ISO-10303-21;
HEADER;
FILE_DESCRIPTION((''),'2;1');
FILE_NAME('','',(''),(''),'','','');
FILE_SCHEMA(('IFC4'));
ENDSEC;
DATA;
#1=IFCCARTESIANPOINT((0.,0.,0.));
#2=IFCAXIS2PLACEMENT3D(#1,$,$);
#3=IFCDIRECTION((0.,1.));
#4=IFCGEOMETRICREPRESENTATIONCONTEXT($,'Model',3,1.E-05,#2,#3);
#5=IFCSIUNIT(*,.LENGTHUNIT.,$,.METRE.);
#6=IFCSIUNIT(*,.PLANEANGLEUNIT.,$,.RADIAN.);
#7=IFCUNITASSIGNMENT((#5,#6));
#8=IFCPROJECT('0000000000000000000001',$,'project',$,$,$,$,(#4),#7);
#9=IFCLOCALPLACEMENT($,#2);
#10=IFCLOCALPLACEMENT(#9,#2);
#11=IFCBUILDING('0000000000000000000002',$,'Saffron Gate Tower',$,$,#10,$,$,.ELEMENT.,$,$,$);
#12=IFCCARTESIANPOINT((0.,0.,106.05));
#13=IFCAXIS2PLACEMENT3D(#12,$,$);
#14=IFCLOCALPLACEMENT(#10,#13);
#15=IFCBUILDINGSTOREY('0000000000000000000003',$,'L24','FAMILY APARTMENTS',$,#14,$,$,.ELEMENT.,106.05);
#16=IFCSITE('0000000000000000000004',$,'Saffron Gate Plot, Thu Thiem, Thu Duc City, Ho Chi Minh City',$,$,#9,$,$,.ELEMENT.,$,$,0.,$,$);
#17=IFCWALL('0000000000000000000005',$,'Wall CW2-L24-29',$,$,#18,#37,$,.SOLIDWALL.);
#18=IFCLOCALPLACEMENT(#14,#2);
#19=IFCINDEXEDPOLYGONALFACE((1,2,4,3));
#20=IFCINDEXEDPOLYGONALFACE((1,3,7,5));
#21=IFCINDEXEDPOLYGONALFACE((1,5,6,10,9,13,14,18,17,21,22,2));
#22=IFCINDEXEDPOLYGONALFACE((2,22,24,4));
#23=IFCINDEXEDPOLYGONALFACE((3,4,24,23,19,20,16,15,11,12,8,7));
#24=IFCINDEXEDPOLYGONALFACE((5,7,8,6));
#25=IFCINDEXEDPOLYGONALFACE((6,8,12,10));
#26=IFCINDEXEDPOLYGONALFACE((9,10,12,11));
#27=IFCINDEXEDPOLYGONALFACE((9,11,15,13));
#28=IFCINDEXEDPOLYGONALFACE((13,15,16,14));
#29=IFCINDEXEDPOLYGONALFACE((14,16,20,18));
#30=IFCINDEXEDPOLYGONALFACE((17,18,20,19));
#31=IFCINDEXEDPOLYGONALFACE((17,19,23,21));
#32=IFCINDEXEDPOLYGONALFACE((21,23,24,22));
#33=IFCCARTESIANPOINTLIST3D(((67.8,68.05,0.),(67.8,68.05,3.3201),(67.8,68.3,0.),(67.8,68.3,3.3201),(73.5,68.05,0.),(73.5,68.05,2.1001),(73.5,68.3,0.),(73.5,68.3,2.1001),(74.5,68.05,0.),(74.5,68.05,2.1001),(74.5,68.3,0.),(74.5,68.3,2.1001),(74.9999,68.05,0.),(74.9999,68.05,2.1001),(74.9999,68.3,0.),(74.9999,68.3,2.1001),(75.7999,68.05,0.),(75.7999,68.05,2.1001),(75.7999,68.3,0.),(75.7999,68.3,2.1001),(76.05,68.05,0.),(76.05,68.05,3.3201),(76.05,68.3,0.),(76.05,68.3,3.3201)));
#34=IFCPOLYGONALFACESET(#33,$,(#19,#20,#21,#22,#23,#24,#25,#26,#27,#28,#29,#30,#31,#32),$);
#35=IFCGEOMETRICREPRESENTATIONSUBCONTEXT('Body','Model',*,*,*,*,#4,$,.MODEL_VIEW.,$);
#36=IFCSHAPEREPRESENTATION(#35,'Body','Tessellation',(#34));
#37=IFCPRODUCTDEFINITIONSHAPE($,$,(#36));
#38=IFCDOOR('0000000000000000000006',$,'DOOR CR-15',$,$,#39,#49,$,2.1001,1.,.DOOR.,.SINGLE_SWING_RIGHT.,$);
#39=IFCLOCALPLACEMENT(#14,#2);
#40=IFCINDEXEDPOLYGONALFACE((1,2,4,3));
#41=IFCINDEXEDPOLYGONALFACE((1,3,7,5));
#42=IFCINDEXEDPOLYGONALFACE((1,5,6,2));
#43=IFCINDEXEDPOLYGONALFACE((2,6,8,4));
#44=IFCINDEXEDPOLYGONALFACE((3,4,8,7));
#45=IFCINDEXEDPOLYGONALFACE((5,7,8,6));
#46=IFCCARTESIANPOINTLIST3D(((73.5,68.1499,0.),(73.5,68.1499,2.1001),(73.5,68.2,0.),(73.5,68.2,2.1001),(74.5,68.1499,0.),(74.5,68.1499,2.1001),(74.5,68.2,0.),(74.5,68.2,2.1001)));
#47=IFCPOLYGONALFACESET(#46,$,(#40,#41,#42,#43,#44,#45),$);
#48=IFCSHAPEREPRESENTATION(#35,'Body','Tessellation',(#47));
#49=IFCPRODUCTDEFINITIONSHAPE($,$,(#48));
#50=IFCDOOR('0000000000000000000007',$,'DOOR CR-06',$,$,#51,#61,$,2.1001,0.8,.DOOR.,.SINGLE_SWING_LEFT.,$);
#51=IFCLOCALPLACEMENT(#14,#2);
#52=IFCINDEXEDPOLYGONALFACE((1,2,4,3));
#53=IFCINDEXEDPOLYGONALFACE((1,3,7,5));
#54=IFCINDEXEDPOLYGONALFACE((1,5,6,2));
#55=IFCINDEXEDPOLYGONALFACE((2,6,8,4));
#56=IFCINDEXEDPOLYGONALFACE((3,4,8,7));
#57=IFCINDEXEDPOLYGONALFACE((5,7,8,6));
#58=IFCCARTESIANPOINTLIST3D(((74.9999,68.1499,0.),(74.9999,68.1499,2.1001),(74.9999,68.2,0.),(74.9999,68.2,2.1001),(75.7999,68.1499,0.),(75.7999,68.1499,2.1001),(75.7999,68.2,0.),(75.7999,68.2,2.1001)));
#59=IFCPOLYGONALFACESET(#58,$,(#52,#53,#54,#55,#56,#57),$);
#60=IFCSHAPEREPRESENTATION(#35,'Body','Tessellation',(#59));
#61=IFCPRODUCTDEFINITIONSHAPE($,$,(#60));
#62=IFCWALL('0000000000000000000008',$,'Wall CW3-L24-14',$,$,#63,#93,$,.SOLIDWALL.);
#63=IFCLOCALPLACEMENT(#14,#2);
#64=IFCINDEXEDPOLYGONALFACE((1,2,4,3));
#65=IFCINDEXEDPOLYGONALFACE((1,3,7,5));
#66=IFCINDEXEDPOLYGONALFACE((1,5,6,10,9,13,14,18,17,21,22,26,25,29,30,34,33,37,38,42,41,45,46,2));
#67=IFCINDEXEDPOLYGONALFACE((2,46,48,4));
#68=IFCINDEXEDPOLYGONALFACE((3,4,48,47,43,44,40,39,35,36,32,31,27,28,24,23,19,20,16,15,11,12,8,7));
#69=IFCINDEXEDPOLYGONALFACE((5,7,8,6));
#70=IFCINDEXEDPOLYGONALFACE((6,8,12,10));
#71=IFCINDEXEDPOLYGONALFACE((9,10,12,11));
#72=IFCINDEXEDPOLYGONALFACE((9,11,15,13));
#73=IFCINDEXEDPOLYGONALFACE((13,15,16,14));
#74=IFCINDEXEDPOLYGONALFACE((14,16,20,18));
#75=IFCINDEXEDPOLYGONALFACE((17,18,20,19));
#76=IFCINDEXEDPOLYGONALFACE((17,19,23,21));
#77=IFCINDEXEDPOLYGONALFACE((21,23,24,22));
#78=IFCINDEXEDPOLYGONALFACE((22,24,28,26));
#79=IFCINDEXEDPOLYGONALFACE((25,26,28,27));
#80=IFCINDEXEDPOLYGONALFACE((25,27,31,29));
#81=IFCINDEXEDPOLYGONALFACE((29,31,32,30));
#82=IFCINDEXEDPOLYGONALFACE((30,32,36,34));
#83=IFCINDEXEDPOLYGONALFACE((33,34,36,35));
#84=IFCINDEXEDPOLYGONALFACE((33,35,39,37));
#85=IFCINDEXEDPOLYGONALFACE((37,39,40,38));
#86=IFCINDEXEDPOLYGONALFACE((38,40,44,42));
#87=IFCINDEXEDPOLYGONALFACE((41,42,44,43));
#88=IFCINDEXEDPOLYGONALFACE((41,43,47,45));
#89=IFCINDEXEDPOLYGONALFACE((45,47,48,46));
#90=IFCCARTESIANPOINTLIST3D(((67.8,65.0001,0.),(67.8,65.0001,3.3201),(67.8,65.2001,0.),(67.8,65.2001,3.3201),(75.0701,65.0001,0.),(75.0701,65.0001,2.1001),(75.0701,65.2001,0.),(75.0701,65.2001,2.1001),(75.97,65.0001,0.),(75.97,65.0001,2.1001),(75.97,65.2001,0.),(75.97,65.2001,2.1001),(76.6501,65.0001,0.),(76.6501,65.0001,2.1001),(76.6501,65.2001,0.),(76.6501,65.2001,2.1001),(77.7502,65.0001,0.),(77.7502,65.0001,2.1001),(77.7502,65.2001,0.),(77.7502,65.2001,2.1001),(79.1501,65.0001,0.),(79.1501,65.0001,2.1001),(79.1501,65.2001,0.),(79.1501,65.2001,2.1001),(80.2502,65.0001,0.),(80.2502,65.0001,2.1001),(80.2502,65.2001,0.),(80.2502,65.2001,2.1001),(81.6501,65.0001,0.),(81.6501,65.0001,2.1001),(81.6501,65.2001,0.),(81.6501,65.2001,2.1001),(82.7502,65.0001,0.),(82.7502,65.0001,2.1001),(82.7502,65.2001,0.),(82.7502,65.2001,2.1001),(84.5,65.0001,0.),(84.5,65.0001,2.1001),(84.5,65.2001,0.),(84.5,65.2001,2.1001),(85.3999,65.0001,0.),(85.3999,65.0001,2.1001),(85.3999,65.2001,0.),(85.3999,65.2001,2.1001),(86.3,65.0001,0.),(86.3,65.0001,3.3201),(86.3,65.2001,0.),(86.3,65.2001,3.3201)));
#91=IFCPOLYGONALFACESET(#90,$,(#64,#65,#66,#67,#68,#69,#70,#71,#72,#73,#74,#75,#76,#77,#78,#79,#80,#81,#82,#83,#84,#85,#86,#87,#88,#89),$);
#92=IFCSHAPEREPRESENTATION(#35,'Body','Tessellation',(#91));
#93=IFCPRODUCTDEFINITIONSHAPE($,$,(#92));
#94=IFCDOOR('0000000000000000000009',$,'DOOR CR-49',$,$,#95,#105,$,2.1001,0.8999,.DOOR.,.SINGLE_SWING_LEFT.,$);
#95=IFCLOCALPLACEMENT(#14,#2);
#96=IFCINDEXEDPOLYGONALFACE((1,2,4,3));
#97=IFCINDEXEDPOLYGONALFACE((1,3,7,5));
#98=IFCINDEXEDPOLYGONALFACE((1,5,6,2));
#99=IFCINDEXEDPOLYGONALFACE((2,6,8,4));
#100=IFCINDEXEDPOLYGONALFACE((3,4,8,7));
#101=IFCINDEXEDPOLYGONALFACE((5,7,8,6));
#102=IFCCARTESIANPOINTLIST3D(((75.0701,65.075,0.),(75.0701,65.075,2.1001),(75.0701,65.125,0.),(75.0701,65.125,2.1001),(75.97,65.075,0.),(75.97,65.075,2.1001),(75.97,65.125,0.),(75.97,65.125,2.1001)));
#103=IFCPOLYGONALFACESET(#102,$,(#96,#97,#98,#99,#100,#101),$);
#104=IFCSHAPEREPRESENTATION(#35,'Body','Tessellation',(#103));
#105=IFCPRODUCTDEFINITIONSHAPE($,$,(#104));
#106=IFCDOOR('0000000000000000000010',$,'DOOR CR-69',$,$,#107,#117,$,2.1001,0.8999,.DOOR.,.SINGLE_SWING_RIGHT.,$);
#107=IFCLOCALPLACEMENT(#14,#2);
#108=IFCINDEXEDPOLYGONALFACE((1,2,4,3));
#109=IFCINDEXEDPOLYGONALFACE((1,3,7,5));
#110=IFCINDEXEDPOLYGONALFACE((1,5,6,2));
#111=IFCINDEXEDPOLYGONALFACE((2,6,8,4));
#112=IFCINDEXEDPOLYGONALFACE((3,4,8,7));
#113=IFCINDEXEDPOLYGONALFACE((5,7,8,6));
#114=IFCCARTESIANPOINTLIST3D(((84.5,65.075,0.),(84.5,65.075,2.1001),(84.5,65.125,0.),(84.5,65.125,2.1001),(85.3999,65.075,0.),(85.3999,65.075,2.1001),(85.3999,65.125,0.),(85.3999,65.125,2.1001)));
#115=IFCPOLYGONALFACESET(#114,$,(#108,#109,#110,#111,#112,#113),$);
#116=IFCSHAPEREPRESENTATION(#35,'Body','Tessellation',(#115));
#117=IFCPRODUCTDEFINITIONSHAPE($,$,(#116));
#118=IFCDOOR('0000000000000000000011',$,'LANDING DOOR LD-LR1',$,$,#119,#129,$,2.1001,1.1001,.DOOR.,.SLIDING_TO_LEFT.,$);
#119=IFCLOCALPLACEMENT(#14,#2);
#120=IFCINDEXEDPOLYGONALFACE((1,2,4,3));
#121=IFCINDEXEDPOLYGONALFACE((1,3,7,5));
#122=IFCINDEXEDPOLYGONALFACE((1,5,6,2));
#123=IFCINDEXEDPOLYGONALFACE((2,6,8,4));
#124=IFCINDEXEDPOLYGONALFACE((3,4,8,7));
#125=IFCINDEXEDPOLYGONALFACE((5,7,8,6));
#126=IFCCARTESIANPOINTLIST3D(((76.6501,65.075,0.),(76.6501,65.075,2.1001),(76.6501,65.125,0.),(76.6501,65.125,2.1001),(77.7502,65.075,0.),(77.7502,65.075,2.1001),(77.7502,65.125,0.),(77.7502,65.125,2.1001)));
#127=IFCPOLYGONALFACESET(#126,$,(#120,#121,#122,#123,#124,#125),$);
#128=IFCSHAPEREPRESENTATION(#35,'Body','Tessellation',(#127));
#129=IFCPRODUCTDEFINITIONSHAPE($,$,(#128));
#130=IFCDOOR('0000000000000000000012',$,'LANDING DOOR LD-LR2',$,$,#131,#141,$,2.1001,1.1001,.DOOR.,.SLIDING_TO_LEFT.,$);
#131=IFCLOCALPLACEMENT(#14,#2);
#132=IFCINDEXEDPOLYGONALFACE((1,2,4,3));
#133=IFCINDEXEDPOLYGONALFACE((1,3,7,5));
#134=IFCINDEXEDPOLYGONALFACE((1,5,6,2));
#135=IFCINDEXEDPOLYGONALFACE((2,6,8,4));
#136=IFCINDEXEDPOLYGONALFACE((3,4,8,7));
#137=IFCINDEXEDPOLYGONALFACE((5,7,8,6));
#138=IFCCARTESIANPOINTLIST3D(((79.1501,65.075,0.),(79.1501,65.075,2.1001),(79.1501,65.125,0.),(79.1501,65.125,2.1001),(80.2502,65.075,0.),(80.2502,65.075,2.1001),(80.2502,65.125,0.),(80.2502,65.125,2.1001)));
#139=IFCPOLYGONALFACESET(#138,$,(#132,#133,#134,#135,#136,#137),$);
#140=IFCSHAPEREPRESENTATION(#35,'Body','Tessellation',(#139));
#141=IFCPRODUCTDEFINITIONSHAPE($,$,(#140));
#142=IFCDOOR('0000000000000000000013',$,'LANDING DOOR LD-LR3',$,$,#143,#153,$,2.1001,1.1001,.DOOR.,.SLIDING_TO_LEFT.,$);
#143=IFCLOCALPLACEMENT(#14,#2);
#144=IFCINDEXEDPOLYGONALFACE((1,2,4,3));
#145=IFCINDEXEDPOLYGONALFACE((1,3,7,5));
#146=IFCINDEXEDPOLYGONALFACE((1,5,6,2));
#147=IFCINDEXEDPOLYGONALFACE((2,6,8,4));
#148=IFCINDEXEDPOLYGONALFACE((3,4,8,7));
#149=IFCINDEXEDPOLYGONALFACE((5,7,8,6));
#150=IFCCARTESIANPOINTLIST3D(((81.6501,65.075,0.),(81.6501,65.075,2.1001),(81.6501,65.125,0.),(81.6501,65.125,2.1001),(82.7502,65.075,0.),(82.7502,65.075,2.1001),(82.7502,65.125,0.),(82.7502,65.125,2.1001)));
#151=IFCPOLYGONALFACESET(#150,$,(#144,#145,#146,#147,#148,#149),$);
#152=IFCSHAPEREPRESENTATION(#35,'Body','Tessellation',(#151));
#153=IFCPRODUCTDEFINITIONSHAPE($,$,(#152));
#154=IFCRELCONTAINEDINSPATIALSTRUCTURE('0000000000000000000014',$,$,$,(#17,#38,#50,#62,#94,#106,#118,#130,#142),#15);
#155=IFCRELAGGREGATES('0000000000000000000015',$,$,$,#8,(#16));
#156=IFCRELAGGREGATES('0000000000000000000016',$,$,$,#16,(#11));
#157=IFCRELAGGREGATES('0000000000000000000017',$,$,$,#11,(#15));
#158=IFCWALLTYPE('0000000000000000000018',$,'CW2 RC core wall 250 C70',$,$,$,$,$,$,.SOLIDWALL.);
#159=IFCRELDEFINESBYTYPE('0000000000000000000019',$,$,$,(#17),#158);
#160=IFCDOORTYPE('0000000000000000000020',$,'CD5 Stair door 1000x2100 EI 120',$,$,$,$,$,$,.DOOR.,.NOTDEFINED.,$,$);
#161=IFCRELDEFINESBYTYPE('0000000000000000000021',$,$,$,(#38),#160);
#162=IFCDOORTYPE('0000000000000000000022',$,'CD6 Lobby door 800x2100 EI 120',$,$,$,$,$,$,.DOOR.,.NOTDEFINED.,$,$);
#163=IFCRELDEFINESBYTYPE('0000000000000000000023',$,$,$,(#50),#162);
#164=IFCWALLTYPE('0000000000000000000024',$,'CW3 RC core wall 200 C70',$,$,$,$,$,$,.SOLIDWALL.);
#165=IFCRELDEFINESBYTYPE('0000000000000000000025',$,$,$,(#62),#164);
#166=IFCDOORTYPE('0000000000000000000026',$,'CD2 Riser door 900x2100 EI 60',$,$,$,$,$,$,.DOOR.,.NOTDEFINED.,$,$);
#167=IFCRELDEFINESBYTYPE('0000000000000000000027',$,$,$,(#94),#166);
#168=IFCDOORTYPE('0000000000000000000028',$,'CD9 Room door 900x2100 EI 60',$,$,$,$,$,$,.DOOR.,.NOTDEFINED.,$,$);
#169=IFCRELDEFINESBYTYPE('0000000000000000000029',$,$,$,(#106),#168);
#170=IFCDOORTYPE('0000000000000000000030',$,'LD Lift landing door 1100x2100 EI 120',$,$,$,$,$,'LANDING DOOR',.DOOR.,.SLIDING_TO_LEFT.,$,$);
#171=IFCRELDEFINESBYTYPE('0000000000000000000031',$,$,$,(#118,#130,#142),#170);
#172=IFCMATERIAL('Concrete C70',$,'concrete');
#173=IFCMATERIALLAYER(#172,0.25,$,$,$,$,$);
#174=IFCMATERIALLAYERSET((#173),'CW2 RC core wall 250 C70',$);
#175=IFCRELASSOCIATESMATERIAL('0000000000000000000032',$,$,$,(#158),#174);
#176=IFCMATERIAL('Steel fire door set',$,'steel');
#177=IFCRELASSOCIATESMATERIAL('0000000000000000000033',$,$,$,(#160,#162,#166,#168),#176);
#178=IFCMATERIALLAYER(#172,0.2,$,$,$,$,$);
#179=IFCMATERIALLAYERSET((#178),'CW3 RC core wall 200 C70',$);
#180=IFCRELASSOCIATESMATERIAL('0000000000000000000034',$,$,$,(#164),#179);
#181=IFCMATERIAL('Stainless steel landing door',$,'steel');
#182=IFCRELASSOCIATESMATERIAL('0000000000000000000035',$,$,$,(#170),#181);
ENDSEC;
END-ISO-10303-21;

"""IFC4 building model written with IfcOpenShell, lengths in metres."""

from ifc_helpers import new_model, si_unit, direction, frame, frame_2d, origin, place, context, subcontext, project, spatial, rectangle, extrude, material, layer, layer_set, type_object, element, fill, save


model = new_model("IFC4")

# Units and contexts
model_context = context("Model", 3, precision=1e-05, world=origin(), true_north=direction((0.0, 1.0)))
body_context = subcontext(model_context, "Body", "Model", "MODEL_VIEW")
ifc_project = project(units=[si_unit("LENGTHUNIT", "METRE"), si_unit("PLANEANGLEUNIT", "RADIAN")], contexts=[model_context])

# Site, building, storey
site_placement = place(None, origin())
site = spatial("IfcSite", under=ifc_project, at=site_placement, Name="Saffron Gate Plot, Thu Thiem, Thu Duc City, Ho Chi Minh City", CompositionType="ELEMENT", RefElevation=0.0)
building_placement = place(site_placement, origin())
building = spatial("IfcBuilding", under=site, at=building_placement, Name="Saffron Gate Tower", CompositionType="ELEMENT")
storey_placement = place(building_placement, frame((0.0, 0.0, 106.05)))
storey = spatial("IfcBuildingStorey", under=building, at=storey_placement, Name="L24", Description="FAMILY APARTMENTS", CompositionType="ELEMENT", Elevation=106.05)

# Shared definitions
ifc_material_1 = material(Name="Concrete C70", Category="concrete")
ifc_material_2 = material(Name="Steel fire door set", Category="steel")

# Walls, openings, doors
ifc_layer_1 = layer(ifc_material_1, 0.25)
ifc_layer_set_1 = layer_set([ifc_layer_1], Name="CW2 RC core wall 250 C70")
wall_type_1 = type_object("IfcWallType", Name="CW2 RC core wall 250 C70", PredefinedType="SOLIDWALL", material=ifc_layer_set_1)
wall_1_placement = place(storey_placement, frame((67.8, 68.175, 0.0), z_axis=(0.0, 0.0, 1.0), x_axis=(1.0, 0.0, 0.0)))
wall_1 = element("IfcWall", 1, at=wall_1_placement, inside=storey, type_object=wall_type_1, Name="Wall CW2-L24-29", PredefinedType="SOLIDWALL", context=body_context, shape_type="SweptSolid", body=[
    extrude(rectangle(XDim=8.25, YDim=0.25, at=frame_2d((4.125, 0.0))), origin(), (0.0, 0.0, 1.0), 3.3201),
])
opening_1_placement = place(wall_1_placement, frame((5.7, 0.0, 0.0)))
opening_1 = element("IfcOpeningElement", 2, at=opening_1_placement, cuts=wall_1, PredefinedType="OPENING", context=body_context, shape_type="SweptSolid", body=[
    extrude(rectangle(XDim=1.0, YDim=2.1001, at=frame_2d((0.5, 1.05))), frame((0.0, 0.135, 0.0), z_axis=(0.0, -1.0, 0.0), x_axis=(1.0, 0.0, 0.0)), (0.0, 0.0, 1.0), 0.27),
])
opening_2_placement = place(wall_1_placement, frame((7.2, 0.0, 0.0)))
opening_2 = element("IfcOpeningElement", 3, at=opening_2_placement, cuts=wall_1, PredefinedType="OPENING", context=body_context, shape_type="SweptSolid", body=[
    extrude(rectangle(XDim=0.8, YDim=2.1001, at=frame_2d((0.3999, 1.05))), frame((0.0, 0.135, 0.0), z_axis=(0.0, -1.0, 0.0), x_axis=(1.0, 0.0, 0.0)), (0.0, 0.0, 1.0), 0.27),
])
door_type_1 = type_object("IfcDoorType", Name="CD5 Stair door 1000x2100 EI 120", OperationType="NOTDEFINED", PredefinedType="DOOR", material=ifc_material_2)
door_1_placement = place(opening_1_placement, origin())
door_1 = element("IfcDoor", 4, at=door_1_placement, inside=storey, type_object=door_type_1, Name="DOOR CR-15", OperationType="SINGLE_SWING_RIGHT", OverallHeight=2.1001, OverallWidth=1.0, PredefinedType="DOOR", context=body_context, shape_type="SweptSolid", body=[
    extrude(rectangle(XDim=1.0, YDim=2.1001, at=frame_2d((0.5, 1.05))), frame((0.0, 0.0249, 0.0), z_axis=(0.0, -1.0, 0.0), x_axis=(1.0, 0.0, 0.0)), (0.0, 0.0, 1.0), 0.05),
])
fill(opening_1, door_1)
door_type_2 = type_object("IfcDoorType", Name="CD6 Lobby door 800x2100 EI 120", OperationType="NOTDEFINED", PredefinedType="DOOR", material=ifc_material_2)
door_2_placement = place(opening_2_placement, origin())
door_2 = element("IfcDoor", 5, at=door_2_placement, inside=storey, type_object=door_type_2, Name="DOOR CR-06", OperationType="SINGLE_SWING_LEFT", OverallHeight=2.1001, OverallWidth=0.8, PredefinedType="DOOR", context=body_context, shape_type="SweptSolid", body=[
    extrude(rectangle(XDim=0.8, YDim=2.1001, at=frame_2d((0.3999, 1.05))), frame((0.0, 0.0249, 0.0), z_axis=(0.0, -1.0, 0.0), x_axis=(1.0, 0.0, 0.0)), (0.0, 0.0, 1.0), 0.05),
])
fill(opening_2, door_2)
ifc_layer_2 = layer(ifc_material_1, 0.2)
ifc_layer_set_2 = layer_set([ifc_layer_2], Name="CW3 RC core wall 200 C70")
wall_type_2 = type_object("IfcWallType", Name="CW3 RC core wall 200 C70", PredefinedType="SOLIDWALL", material=ifc_layer_set_2)
wall_2_placement = place(storey_placement, frame((67.8, 65.1001, 0.0), z_axis=(0.0, 0.0, 1.0), x_axis=(1.0, 0.0, 0.0)))
wall_2 = element("IfcWall", 6, at=wall_2_placement, inside=storey, type_object=wall_type_2, Name="Wall CW3-L24-14", PredefinedType="SOLIDWALL", context=body_context, shape_type="SweptSolid", body=[
    extrude(rectangle(XDim=18.5, YDim=0.2, at=frame_2d((9.25, 0.0))), origin(), (0.0, 0.0, 1.0), 3.3201),
])
opening_3_placement = place(wall_2_placement, frame((7.27, 0.0, 0.0)))
opening_3 = element("IfcOpeningElement", 7, at=opening_3_placement, cuts=wall_2, PredefinedType="OPENING", context=body_context, shape_type="SweptSolid", body=[
    extrude(rectangle(XDim=0.8999, YDim=2.1001, at=frame_2d((0.45, 1.05))), frame((0.0, 0.1099, 0.0), z_axis=(0.0, -1.0, 0.0), x_axis=(1.0, 0.0, 0.0)), (0.0, 0.0, 1.0), 0.22),
])
opening_4_placement = place(wall_2_placement, frame((8.8501, 0.0, 0.0)))
opening_4 = element("IfcOpeningElement", 8, at=opening_4_placement, cuts=wall_2, PredefinedType="OPENING", context=body_context, shape_type="SweptSolid", body=[
    extrude(rectangle(XDim=1.1001, YDim=2.1001, at=frame_2d((0.55, 1.05))), frame((0.0, 0.1099, 0.0), z_axis=(0.0, -1.0, 0.0), x_axis=(1.0, 0.0, 0.0)), (0.0, 0.0, 1.0), 0.22),
])
opening_5_placement = place(wall_2_placement, frame((11.3501, 0.0, 0.0)))
opening_5 = element("IfcOpeningElement", 9, at=opening_5_placement, cuts=wall_2, PredefinedType="OPENING", context=body_context, shape_type="SweptSolid", body=[
    extrude(rectangle(XDim=1.1001, YDim=2.1001, at=frame_2d((0.55, 1.05))), frame((0.0, 0.1099, 0.0), z_axis=(0.0, -1.0, 0.0), x_axis=(1.0, 0.0, 0.0)), (0.0, 0.0, 1.0), 0.22),
])
opening_6_placement = place(wall_2_placement, frame((13.8501, 0.0, 0.0)))
opening_6 = element("IfcOpeningElement", 10, at=opening_6_placement, cuts=wall_2, PredefinedType="OPENING", context=body_context, shape_type="SweptSolid", body=[
    extrude(rectangle(XDim=1.1001, YDim=2.1001, at=frame_2d((0.55, 1.05))), frame((0.0, 0.1099, 0.0), z_axis=(0.0, -1.0, 0.0), x_axis=(1.0, 0.0, 0.0)), (0.0, 0.0, 1.0), 0.22),
])
opening_7_placement = place(wall_2_placement, frame((16.7, 0.0, 0.0)))
opening_7 = element("IfcOpeningElement", 11, at=opening_7_placement, cuts=wall_2, PredefinedType="OPENING", context=body_context, shape_type="SweptSolid", body=[
    extrude(rectangle(XDim=0.8999, YDim=2.1001, at=frame_2d((0.45, 1.05))), frame((0.0, 0.1099, 0.0), z_axis=(0.0, -1.0, 0.0), x_axis=(1.0, 0.0, 0.0)), (0.0, 0.0, 1.0), 0.22),
])
door_type_3 = type_object("IfcDoorType", Name="CD2 Riser door 900x2100 EI 60", OperationType="NOTDEFINED", PredefinedType="DOOR", material=ifc_material_2)
door_3_placement = place(opening_3_placement, origin())
door_3 = element("IfcDoor", 12, at=door_3_placement, inside=storey, type_object=door_type_3, Name="DOOR CR-49", OperationType="SINGLE_SWING_LEFT", OverallHeight=2.1001, OverallWidth=0.8999, PredefinedType="DOOR", context=body_context, shape_type="SweptSolid", body=[
    extrude(rectangle(XDim=0.8999, YDim=2.1001, at=frame_2d((0.45, 1.05))), frame((0.0, 0.0249, 0.0), z_axis=(0.0, -1.0, 0.0), x_axis=(1.0, 0.0, 0.0)), (0.0, 0.0, 1.0), 0.05),
])
fill(opening_3, door_3)
door_type_4 = type_object("IfcDoorType", Name="CD9 Room door 900x2100 EI 60", OperationType="NOTDEFINED", PredefinedType="DOOR", material=ifc_material_2)
door_4_placement = place(opening_7_placement, origin())
door_4 = element("IfcDoor", 13, at=door_4_placement, inside=storey, type_object=door_type_4, Name="DOOR CR-69", OperationType="SINGLE_SWING_RIGHT", OverallHeight=2.1001, OverallWidth=0.8999, PredefinedType="DOOR", context=body_context, shape_type="SweptSolid", body=[
    extrude(rectangle(XDim=0.8999, YDim=2.1001, at=frame_2d((0.45, 1.05))), frame((0.0, 0.0249, 0.0), z_axis=(0.0, -1.0, 0.0), x_axis=(1.0, 0.0, 0.0)), (0.0, 0.0, 1.0), 0.05),
])
fill(opening_7, door_4)
ifc_material_3 = material(Name="Stainless steel landing door", Category="steel")
door_type_5 = type_object("IfcDoorType", Name="LD Lift landing door 1100x2100 EI 120", ElementType="LANDING DOOR", OperationType="SLIDING_TO_LEFT", PredefinedType="DOOR", material=ifc_material_3)
door_5_placement = place(opening_4_placement, origin())
door_5 = element("IfcDoor", 14, at=door_5_placement, inside=storey, type_object=door_type_5, Name="LANDING DOOR LD-LR1", OperationType="SLIDING_TO_LEFT", OverallHeight=2.1001, OverallWidth=1.1001, PredefinedType="DOOR", context=body_context, shape_type="SweptSolid", body=[
    extrude(rectangle(XDim=1.1001, YDim=2.1001, at=frame_2d((0.55, 1.05))), frame((0.0, 0.0249, 0.0), z_axis=(0.0, -1.0, 0.0), x_axis=(1.0, 0.0, 0.0)), (0.0, 0.0, 1.0), 0.05),
])
fill(opening_4, door_5)
door_6_placement = place(opening_5_placement, origin())
door_6 = element("IfcDoor", 15, at=door_6_placement, inside=storey, type_object=door_type_5, Name="LANDING DOOR LD-LR2", OperationType="SLIDING_TO_LEFT", OverallHeight=2.1001, OverallWidth=1.1001, PredefinedType="DOOR", context=body_context, shape_type="SweptSolid", body=[
    extrude(rectangle(XDim=1.1001, YDim=2.1001, at=frame_2d((0.55, 1.05))), frame((0.0, 0.0249, 0.0), z_axis=(0.0, -1.0, 0.0), x_axis=(1.0, 0.0, 0.0)), (0.0, 0.0, 1.0), 0.05),
])
fill(opening_5, door_6)
door_7_placement = place(opening_6_placement, origin())
door_7 = element("IfcDoor", 16, at=door_7_placement, inside=storey, type_object=door_type_5, Name="LANDING DOOR LD-LR3", OperationType="SLIDING_TO_LEFT", OverallHeight=2.1001, OverallWidth=1.1001, PredefinedType="DOOR", context=body_context, shape_type="SweptSolid", body=[
    extrude(rectangle(XDim=1.1001, YDim=2.1001, at=frame_2d((0.55, 1.05))), frame((0.0, 0.0249, 0.0), z_axis=(0.0, -1.0, 0.0), x_axis=(1.0, 0.0, 0.0)), (0.0, 0.0, 1.0), 0.05),
])
fill(opening_6, door_7)

save(model, "model.ifc")
